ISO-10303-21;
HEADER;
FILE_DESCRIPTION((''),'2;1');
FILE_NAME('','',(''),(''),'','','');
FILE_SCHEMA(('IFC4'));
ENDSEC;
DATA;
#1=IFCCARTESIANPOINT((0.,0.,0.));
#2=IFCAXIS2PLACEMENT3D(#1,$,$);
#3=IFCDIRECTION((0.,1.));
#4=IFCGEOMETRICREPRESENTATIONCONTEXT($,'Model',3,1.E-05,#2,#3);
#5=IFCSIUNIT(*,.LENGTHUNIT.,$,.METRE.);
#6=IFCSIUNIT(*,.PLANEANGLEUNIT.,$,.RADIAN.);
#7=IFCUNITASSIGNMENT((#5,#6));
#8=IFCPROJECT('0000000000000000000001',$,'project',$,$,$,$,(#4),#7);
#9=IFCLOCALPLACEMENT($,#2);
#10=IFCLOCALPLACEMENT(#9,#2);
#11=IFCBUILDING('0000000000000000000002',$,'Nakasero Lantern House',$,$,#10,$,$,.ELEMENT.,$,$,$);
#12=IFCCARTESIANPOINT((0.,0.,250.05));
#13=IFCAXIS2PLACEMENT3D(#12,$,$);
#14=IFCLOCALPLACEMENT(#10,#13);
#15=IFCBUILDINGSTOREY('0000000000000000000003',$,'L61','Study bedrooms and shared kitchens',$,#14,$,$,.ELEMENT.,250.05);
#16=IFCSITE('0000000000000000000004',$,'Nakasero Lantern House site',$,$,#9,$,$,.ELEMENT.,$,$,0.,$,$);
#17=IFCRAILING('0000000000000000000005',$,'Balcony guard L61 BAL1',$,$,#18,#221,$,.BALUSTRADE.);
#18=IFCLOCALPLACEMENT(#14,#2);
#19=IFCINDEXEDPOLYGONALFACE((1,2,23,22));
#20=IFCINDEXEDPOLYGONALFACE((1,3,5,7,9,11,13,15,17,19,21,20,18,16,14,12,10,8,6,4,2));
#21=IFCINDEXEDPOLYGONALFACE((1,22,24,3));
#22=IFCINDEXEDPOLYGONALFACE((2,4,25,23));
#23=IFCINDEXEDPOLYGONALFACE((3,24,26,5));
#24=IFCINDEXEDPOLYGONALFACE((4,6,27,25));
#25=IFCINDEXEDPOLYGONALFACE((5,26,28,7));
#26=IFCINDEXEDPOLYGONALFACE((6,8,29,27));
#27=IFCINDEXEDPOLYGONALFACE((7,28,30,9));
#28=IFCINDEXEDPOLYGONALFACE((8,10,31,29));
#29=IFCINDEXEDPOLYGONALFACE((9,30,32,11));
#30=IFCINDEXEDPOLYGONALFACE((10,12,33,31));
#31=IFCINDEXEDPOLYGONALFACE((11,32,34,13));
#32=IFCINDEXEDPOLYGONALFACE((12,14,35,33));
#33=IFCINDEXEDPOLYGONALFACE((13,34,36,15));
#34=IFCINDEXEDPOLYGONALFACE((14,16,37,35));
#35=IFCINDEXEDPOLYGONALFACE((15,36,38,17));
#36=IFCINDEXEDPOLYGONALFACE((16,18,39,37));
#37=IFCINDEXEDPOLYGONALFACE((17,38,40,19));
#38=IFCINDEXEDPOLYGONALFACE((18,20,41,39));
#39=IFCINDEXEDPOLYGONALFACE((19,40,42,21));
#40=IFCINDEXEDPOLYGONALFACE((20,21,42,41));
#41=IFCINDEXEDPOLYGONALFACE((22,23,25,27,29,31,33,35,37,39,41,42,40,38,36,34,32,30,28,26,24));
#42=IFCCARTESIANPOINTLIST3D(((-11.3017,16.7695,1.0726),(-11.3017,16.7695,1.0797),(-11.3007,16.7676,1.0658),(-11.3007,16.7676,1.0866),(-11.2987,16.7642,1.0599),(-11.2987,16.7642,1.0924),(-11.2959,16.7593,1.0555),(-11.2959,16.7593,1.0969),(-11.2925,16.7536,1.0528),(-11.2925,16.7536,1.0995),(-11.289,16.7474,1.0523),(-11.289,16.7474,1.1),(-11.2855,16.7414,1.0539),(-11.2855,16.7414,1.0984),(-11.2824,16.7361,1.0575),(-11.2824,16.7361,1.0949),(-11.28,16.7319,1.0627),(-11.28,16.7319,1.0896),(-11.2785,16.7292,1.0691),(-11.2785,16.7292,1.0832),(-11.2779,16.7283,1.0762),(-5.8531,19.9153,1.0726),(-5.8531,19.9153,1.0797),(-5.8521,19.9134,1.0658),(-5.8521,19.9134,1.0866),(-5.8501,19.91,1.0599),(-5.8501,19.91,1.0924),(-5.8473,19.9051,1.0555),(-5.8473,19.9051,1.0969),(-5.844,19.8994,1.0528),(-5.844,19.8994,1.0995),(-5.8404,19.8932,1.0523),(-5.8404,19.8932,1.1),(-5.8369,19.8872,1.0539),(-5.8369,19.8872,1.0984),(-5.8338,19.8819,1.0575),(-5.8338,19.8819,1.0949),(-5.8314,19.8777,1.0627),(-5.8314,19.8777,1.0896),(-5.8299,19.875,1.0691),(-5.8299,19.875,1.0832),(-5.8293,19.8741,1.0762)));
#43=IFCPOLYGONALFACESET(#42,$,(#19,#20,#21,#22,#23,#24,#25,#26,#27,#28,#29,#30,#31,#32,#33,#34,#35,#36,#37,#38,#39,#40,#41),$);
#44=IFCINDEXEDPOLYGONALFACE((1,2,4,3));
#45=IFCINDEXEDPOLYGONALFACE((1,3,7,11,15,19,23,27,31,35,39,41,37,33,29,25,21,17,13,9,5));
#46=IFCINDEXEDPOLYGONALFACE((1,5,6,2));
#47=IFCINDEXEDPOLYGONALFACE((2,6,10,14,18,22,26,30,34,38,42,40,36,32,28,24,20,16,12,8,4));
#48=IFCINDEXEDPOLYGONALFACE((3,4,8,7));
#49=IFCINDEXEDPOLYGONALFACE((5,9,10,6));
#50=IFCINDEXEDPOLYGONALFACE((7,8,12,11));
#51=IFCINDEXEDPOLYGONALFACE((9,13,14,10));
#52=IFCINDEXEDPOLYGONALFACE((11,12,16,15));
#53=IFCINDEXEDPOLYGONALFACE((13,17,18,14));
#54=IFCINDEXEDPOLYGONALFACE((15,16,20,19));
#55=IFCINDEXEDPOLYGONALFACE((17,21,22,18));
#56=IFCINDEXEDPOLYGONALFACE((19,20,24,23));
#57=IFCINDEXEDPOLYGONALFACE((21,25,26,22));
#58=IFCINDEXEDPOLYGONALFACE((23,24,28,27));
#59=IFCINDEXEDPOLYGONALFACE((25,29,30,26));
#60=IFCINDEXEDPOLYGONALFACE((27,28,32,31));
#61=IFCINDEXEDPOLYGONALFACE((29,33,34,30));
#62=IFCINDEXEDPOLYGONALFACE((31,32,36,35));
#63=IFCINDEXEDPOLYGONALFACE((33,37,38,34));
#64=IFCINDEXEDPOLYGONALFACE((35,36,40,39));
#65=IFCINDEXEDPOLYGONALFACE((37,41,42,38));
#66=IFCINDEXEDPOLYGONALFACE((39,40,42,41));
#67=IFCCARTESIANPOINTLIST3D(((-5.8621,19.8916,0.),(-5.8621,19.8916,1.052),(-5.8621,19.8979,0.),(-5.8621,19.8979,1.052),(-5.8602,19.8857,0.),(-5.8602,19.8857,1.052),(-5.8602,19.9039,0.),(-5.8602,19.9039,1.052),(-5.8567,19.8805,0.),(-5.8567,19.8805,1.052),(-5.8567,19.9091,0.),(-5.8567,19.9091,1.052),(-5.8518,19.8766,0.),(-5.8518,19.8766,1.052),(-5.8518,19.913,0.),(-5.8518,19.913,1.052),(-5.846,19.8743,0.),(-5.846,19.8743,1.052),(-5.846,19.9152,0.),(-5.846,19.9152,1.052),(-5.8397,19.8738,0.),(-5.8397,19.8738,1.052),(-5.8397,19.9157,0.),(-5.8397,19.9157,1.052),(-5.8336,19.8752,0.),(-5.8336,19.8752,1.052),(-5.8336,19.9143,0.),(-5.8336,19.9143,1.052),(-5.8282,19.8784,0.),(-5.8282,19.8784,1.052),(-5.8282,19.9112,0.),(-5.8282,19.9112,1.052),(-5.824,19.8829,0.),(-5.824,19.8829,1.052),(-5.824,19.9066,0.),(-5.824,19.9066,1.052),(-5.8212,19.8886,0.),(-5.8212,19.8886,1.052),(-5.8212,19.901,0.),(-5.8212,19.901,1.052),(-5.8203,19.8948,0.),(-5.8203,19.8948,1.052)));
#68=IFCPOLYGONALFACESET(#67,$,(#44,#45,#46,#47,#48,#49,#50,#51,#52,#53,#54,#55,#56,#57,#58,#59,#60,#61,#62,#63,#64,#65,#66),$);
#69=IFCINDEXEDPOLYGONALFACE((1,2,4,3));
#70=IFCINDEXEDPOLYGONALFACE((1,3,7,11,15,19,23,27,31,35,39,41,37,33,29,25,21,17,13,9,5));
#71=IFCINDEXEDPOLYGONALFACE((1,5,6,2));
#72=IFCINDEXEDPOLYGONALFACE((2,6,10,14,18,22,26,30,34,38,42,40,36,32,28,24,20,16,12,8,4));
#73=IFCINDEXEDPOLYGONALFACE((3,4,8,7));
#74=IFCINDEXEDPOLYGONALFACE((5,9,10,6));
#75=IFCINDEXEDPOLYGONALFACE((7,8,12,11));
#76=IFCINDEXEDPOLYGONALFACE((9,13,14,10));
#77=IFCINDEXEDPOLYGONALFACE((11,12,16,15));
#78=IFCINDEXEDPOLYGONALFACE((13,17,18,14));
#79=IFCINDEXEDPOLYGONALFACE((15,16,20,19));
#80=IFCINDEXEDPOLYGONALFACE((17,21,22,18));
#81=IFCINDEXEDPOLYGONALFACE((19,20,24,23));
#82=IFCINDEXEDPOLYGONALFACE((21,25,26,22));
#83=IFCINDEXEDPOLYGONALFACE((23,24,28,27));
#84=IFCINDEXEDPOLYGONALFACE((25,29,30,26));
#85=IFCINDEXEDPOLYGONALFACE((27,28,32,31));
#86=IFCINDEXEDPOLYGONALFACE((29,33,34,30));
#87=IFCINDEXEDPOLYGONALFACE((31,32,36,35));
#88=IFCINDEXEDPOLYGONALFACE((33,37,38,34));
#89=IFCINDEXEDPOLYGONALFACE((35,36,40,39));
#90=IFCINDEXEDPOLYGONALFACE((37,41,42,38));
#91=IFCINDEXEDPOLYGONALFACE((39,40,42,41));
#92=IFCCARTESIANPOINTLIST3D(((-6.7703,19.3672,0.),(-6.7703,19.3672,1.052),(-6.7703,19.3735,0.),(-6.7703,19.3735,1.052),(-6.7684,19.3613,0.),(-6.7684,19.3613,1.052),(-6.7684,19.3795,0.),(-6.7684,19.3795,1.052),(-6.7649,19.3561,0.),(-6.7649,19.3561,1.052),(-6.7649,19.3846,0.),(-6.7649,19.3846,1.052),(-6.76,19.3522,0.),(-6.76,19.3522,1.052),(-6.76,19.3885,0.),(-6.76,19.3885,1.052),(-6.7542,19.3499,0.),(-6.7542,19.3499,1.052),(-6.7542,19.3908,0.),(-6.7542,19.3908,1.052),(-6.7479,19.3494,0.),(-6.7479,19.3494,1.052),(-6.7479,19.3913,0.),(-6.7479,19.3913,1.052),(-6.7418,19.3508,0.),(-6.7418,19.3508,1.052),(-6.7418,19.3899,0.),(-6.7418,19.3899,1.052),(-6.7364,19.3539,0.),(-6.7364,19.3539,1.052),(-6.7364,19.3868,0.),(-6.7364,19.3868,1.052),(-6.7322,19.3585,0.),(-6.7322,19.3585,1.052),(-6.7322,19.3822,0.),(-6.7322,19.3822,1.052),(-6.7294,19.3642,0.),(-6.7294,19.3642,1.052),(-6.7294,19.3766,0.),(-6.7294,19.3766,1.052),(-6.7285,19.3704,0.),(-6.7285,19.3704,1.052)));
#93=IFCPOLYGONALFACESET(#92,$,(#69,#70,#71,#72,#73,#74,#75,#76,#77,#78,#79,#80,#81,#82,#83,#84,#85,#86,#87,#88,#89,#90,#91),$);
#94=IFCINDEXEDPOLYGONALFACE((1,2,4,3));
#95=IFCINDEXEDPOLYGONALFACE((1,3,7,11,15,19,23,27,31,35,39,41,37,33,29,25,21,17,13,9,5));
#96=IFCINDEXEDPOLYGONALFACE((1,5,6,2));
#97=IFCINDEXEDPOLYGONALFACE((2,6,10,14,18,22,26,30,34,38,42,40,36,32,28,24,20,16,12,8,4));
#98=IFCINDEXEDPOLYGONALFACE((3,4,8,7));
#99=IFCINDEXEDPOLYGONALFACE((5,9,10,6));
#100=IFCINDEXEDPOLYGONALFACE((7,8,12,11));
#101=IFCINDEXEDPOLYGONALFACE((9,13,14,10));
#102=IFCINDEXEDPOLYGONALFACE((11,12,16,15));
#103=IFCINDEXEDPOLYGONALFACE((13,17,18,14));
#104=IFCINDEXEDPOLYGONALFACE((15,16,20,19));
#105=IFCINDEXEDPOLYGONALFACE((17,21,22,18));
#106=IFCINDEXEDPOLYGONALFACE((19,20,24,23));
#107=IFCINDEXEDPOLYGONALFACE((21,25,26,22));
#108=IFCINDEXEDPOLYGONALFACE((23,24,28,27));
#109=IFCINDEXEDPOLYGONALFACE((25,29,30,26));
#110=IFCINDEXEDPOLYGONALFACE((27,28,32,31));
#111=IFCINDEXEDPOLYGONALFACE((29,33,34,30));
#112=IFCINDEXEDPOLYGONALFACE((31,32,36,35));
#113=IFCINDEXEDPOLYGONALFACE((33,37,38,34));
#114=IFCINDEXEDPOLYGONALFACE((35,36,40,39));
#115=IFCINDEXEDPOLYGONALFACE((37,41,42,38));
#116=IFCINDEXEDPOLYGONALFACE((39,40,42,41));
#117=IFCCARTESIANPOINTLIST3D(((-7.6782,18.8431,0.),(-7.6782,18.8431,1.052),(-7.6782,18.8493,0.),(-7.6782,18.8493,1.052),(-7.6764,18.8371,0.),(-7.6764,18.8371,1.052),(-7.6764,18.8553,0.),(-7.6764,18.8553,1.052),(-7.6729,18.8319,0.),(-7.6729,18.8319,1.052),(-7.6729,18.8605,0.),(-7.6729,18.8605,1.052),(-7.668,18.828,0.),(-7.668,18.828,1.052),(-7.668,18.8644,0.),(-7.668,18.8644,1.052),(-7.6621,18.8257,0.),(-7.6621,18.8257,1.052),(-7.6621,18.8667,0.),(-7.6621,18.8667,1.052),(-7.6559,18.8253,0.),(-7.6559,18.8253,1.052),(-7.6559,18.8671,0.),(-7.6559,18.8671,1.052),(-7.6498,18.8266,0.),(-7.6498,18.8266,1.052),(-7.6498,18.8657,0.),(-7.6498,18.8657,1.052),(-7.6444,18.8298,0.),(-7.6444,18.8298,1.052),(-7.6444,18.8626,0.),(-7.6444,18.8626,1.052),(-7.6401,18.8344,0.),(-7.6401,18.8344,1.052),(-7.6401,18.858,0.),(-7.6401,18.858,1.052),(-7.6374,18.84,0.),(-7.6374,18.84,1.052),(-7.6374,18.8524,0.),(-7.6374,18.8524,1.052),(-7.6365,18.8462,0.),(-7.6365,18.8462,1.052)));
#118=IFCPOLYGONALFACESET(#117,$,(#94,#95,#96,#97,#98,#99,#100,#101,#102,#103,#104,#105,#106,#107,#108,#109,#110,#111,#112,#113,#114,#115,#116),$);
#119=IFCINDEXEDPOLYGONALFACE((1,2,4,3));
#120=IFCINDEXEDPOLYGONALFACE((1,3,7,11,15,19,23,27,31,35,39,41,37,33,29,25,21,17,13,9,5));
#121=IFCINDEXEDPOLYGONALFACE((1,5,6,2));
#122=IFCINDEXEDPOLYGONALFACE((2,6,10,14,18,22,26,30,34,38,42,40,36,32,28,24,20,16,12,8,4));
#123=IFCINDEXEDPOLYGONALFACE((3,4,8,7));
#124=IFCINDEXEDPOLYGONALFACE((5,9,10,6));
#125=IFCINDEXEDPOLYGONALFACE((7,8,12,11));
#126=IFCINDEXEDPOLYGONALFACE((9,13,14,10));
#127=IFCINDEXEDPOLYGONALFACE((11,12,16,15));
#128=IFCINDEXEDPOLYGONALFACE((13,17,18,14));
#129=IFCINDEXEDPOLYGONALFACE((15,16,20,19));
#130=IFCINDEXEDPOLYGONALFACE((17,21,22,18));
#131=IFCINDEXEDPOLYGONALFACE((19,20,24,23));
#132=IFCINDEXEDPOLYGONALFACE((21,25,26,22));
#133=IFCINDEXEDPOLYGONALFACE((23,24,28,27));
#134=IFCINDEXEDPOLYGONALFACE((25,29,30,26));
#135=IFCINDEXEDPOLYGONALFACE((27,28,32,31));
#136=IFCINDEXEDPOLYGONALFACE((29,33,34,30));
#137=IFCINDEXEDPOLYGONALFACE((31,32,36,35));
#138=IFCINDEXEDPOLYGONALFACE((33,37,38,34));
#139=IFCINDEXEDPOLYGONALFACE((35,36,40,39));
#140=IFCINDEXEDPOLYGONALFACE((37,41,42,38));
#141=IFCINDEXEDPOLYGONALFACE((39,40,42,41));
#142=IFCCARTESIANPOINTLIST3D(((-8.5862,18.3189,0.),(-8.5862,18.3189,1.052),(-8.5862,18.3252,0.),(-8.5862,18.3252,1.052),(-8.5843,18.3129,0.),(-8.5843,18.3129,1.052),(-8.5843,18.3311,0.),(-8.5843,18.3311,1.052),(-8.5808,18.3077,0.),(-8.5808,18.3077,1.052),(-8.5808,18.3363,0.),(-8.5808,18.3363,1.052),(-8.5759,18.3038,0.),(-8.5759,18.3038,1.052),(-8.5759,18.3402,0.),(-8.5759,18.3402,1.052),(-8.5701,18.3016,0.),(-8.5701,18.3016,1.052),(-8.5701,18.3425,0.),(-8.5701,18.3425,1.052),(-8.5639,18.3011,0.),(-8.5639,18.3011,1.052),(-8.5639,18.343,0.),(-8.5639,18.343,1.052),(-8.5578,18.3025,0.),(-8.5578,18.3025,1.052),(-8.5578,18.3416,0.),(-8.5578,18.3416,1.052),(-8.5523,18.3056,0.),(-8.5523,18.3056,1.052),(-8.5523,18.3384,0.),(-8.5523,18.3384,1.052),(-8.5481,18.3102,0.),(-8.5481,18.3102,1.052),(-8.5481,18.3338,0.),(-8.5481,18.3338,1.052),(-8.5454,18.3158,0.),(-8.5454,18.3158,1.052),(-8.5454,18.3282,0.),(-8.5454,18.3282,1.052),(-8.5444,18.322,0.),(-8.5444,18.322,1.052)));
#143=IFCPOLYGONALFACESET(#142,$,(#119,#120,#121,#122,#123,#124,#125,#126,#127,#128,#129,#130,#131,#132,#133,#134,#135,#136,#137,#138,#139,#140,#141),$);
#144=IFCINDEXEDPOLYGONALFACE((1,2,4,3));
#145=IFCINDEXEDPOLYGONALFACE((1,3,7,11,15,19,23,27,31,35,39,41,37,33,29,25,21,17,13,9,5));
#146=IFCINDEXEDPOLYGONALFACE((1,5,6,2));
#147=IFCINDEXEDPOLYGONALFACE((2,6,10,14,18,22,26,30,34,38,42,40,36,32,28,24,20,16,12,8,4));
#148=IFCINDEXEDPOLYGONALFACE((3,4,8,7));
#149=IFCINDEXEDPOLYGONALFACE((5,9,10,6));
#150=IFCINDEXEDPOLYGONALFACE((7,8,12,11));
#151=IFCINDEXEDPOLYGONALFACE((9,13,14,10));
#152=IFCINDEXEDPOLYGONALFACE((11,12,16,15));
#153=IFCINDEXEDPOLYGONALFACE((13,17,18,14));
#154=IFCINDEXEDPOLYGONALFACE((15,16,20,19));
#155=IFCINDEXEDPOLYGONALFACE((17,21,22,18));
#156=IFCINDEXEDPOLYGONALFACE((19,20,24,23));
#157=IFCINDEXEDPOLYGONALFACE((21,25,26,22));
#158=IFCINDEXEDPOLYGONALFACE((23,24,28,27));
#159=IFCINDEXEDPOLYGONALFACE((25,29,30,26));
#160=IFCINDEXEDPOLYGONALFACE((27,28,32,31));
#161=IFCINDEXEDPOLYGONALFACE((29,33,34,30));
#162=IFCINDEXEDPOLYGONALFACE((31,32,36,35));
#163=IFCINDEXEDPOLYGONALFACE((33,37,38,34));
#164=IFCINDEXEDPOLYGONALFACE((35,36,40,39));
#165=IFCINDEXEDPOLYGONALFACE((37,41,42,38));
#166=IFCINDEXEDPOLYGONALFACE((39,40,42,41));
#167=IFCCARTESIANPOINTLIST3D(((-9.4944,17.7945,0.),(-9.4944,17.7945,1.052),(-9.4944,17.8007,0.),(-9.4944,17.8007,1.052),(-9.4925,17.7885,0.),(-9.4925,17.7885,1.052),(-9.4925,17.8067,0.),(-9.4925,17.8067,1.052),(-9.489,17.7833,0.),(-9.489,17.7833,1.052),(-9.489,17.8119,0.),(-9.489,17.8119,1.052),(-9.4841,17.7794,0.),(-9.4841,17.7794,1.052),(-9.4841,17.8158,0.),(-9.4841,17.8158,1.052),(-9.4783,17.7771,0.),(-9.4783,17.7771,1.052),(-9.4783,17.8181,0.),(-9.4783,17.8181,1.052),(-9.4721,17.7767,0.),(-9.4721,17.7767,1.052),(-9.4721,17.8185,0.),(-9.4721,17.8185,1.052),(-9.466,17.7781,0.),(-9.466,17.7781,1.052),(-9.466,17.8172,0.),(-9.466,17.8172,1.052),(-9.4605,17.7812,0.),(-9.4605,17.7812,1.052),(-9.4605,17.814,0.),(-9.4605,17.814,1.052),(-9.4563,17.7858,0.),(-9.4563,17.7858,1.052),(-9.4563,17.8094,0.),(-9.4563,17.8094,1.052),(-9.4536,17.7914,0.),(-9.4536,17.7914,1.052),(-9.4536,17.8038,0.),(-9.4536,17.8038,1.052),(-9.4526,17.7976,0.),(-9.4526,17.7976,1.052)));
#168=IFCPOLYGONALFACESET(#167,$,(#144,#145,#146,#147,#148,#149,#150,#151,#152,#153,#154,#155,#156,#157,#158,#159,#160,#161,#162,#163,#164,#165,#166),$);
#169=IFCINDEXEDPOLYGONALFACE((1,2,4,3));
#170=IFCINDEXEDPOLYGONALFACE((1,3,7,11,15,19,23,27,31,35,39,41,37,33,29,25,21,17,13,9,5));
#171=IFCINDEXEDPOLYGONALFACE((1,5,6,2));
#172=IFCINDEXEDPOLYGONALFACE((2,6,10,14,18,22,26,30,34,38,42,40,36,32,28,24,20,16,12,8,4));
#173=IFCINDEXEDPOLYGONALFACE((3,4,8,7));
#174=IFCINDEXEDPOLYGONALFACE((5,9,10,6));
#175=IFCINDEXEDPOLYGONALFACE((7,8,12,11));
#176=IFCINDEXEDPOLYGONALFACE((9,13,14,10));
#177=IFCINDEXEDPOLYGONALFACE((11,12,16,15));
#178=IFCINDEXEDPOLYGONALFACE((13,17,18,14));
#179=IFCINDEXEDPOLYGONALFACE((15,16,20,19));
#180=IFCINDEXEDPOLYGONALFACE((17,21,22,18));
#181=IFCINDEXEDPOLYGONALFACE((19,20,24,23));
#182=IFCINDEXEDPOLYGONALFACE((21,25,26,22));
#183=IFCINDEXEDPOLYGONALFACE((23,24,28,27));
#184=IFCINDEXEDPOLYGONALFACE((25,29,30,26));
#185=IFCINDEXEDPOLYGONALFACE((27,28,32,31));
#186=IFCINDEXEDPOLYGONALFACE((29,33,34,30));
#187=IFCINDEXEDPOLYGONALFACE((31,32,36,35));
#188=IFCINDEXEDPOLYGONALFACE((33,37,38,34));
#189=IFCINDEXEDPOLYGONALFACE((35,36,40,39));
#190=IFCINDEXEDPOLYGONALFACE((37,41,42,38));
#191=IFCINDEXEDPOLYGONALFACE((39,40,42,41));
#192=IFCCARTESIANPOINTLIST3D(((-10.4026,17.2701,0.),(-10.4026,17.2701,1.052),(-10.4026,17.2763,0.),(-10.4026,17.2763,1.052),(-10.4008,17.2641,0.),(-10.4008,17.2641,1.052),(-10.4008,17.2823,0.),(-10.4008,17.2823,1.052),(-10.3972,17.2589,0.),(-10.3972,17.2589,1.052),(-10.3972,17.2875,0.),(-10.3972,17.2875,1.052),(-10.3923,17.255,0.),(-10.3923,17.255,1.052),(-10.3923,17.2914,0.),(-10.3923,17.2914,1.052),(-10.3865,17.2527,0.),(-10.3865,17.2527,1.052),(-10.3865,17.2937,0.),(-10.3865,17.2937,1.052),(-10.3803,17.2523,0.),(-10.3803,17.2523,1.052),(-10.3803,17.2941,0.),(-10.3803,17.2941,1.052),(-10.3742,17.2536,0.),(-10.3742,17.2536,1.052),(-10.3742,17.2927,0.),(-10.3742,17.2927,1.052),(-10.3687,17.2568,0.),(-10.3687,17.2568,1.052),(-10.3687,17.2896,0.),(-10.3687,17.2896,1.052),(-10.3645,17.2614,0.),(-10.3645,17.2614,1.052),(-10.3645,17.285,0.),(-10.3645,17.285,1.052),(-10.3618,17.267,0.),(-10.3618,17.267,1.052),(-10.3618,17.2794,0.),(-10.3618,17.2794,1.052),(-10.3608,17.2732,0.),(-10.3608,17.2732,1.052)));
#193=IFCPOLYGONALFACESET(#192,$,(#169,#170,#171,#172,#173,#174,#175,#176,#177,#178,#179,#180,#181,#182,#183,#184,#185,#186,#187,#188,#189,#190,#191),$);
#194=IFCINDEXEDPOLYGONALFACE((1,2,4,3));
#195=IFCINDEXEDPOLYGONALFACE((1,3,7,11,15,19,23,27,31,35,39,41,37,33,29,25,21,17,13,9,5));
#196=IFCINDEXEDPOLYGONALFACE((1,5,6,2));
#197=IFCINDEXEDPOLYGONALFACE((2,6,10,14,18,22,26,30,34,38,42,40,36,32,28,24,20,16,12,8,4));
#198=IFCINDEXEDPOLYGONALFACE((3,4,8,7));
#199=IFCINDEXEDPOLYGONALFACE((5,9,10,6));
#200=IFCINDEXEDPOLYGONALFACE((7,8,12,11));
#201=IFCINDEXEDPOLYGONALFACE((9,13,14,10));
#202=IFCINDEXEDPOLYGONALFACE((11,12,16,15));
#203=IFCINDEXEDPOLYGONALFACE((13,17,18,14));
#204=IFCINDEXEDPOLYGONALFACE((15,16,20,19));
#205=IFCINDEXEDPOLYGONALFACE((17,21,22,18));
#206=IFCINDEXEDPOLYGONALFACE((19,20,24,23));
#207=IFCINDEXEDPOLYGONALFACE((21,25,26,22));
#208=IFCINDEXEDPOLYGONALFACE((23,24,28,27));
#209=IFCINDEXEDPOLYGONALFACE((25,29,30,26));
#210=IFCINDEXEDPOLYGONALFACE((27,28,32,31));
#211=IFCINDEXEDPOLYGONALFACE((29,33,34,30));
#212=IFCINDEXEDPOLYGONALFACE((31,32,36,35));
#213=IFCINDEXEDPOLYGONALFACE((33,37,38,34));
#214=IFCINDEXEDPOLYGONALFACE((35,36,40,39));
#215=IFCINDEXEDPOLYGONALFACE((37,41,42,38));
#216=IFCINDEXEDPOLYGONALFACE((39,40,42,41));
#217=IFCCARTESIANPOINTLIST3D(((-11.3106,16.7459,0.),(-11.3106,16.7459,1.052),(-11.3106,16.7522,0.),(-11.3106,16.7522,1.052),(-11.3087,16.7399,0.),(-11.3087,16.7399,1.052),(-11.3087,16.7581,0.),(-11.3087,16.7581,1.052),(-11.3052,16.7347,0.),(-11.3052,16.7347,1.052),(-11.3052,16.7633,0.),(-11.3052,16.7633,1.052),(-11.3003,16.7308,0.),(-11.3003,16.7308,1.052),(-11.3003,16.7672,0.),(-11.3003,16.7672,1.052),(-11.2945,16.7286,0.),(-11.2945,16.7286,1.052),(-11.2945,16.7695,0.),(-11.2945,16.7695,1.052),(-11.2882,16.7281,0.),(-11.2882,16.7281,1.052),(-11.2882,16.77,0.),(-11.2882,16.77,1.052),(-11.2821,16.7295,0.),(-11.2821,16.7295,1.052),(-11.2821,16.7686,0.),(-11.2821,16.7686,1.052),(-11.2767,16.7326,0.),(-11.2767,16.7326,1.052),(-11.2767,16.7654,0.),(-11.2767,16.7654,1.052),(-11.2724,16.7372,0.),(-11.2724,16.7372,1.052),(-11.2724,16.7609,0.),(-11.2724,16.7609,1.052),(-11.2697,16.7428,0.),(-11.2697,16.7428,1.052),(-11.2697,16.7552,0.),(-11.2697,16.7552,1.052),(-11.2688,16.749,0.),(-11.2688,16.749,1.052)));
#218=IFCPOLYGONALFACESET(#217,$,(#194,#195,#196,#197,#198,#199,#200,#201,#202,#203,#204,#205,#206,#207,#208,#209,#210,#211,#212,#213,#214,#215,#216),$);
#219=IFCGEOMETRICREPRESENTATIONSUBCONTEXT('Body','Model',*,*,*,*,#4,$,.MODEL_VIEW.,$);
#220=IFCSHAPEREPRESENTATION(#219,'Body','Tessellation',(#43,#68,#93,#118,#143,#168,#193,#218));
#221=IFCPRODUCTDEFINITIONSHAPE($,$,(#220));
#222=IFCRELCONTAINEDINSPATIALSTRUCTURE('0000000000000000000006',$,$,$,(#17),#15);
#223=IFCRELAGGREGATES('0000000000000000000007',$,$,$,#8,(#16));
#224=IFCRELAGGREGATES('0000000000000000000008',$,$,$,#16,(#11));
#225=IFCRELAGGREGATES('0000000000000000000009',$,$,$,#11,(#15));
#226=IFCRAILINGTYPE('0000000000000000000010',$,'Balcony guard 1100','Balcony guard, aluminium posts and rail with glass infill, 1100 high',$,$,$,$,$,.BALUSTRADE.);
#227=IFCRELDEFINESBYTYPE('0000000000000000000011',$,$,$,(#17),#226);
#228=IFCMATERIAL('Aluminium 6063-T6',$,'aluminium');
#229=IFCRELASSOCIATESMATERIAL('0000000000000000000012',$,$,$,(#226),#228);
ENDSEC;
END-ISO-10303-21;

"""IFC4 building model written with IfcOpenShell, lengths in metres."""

from ifc_helpers import new_model, si_unit, direction, frame, origin, origin_2d, place, context, subcontext, project, spatial, circle, extrude, material, type_object, element, save


model = new_model("IFC4")

# Units and contexts
model_context = context("Model", 3, precision=1e-05, world=origin(), true_north=direction((0.0, 1.0)))
body_context = subcontext(model_context, "Body", "Model", "MODEL_VIEW")
ifc_project = project(units=[si_unit("LENGTHUNIT", "METRE"), si_unit("PLANEANGLEUNIT", "RADIAN")], contexts=[model_context])

# Site, building, storey
site_placement = place(None, origin())
site = spatial("IfcSite", under=ifc_project, at=site_placement, Name="Nakasero Lantern House site", CompositionType="ELEMENT", RefElevation=0.0)
building_placement = place(site_placement, origin())
building = spatial("IfcBuilding", under=site, at=building_placement, Name="Nakasero Lantern House", CompositionType="ELEMENT")
storey_placement = place(building_placement, frame((0.0, 0.0, 250.05)))
storey = spatial("IfcBuildingStorey", under=building, at=storey_placement, Name="L61", Description="Study bedrooms and shared kitchens", CompositionType="ELEMENT", Elevation=250.05)

# Railing
ifc_material_1 = material(Name="Aluminium 6063-T6", Category="aluminium")
railing_type = type_object("IfcRailingType", Name="Balcony guard 1100", Description="Balcony guard, aluminium posts and rail with glass infill, 1100 high", PredefinedType="BALUSTRADE", material=ifc_material_1)
railing_placement = place(storey_placement, frame((-5.8413, 19.8948, 0.0)))
element("IfcRailing", 1, at=railing_placement, inside=storey, type_object=railing_type, Name="Balcony guard L61 BAL1", PredefinedType="BALUSTRADE", context=body_context, shape_type="SweptSolid", body=[
    extrude(circle(Radius=0.0239, at=origin_2d()), frame((0.0, 0.0, 1.0762), z_axis=(-0.866021, -0.500008, 0.0), x_axis=(0.500008, -0.866021, 0.0)), (0.0, 0.0, 1.0), 6.2915),
    extrude(circle(Radius=0.021, at=origin_2d()), origin(), (0.0, 0.0, 1.0), 1.052),
    extrude(circle(Radius=0.021, at=origin_2d()), frame((-0.9082, -0.5244, 0.0)), (0.0, 0.0, 1.0), 1.052),
    extrude(circle(Radius=0.021, at=origin_2d()), frame((-1.8162, -1.0486, 0.0)), (0.0, 0.0, 1.0), 1.052),
    extrude(circle(Radius=0.021, at=origin_2d()), frame((-2.7241, -1.5728, 0.0)), (0.0, 0.0, 1.0), 1.052),
    extrude(circle(Radius=0.021, at=origin_2d()), frame((-3.6323, -2.0972, 0.0)), (0.0, 0.0, 1.0), 1.052),
    extrude(circle(Radius=0.021, at=origin_2d()), frame((-4.5405, -2.6216, 0.0)), (0.0, 0.0, 1.0), 1.052),
    extrude(circle(Radius=0.021, at=origin_2d()), frame((-5.4485, -3.1458, 0.0)), (0.0, 0.0, 1.0), 1.052),
])

save(model, "model.ifc")
